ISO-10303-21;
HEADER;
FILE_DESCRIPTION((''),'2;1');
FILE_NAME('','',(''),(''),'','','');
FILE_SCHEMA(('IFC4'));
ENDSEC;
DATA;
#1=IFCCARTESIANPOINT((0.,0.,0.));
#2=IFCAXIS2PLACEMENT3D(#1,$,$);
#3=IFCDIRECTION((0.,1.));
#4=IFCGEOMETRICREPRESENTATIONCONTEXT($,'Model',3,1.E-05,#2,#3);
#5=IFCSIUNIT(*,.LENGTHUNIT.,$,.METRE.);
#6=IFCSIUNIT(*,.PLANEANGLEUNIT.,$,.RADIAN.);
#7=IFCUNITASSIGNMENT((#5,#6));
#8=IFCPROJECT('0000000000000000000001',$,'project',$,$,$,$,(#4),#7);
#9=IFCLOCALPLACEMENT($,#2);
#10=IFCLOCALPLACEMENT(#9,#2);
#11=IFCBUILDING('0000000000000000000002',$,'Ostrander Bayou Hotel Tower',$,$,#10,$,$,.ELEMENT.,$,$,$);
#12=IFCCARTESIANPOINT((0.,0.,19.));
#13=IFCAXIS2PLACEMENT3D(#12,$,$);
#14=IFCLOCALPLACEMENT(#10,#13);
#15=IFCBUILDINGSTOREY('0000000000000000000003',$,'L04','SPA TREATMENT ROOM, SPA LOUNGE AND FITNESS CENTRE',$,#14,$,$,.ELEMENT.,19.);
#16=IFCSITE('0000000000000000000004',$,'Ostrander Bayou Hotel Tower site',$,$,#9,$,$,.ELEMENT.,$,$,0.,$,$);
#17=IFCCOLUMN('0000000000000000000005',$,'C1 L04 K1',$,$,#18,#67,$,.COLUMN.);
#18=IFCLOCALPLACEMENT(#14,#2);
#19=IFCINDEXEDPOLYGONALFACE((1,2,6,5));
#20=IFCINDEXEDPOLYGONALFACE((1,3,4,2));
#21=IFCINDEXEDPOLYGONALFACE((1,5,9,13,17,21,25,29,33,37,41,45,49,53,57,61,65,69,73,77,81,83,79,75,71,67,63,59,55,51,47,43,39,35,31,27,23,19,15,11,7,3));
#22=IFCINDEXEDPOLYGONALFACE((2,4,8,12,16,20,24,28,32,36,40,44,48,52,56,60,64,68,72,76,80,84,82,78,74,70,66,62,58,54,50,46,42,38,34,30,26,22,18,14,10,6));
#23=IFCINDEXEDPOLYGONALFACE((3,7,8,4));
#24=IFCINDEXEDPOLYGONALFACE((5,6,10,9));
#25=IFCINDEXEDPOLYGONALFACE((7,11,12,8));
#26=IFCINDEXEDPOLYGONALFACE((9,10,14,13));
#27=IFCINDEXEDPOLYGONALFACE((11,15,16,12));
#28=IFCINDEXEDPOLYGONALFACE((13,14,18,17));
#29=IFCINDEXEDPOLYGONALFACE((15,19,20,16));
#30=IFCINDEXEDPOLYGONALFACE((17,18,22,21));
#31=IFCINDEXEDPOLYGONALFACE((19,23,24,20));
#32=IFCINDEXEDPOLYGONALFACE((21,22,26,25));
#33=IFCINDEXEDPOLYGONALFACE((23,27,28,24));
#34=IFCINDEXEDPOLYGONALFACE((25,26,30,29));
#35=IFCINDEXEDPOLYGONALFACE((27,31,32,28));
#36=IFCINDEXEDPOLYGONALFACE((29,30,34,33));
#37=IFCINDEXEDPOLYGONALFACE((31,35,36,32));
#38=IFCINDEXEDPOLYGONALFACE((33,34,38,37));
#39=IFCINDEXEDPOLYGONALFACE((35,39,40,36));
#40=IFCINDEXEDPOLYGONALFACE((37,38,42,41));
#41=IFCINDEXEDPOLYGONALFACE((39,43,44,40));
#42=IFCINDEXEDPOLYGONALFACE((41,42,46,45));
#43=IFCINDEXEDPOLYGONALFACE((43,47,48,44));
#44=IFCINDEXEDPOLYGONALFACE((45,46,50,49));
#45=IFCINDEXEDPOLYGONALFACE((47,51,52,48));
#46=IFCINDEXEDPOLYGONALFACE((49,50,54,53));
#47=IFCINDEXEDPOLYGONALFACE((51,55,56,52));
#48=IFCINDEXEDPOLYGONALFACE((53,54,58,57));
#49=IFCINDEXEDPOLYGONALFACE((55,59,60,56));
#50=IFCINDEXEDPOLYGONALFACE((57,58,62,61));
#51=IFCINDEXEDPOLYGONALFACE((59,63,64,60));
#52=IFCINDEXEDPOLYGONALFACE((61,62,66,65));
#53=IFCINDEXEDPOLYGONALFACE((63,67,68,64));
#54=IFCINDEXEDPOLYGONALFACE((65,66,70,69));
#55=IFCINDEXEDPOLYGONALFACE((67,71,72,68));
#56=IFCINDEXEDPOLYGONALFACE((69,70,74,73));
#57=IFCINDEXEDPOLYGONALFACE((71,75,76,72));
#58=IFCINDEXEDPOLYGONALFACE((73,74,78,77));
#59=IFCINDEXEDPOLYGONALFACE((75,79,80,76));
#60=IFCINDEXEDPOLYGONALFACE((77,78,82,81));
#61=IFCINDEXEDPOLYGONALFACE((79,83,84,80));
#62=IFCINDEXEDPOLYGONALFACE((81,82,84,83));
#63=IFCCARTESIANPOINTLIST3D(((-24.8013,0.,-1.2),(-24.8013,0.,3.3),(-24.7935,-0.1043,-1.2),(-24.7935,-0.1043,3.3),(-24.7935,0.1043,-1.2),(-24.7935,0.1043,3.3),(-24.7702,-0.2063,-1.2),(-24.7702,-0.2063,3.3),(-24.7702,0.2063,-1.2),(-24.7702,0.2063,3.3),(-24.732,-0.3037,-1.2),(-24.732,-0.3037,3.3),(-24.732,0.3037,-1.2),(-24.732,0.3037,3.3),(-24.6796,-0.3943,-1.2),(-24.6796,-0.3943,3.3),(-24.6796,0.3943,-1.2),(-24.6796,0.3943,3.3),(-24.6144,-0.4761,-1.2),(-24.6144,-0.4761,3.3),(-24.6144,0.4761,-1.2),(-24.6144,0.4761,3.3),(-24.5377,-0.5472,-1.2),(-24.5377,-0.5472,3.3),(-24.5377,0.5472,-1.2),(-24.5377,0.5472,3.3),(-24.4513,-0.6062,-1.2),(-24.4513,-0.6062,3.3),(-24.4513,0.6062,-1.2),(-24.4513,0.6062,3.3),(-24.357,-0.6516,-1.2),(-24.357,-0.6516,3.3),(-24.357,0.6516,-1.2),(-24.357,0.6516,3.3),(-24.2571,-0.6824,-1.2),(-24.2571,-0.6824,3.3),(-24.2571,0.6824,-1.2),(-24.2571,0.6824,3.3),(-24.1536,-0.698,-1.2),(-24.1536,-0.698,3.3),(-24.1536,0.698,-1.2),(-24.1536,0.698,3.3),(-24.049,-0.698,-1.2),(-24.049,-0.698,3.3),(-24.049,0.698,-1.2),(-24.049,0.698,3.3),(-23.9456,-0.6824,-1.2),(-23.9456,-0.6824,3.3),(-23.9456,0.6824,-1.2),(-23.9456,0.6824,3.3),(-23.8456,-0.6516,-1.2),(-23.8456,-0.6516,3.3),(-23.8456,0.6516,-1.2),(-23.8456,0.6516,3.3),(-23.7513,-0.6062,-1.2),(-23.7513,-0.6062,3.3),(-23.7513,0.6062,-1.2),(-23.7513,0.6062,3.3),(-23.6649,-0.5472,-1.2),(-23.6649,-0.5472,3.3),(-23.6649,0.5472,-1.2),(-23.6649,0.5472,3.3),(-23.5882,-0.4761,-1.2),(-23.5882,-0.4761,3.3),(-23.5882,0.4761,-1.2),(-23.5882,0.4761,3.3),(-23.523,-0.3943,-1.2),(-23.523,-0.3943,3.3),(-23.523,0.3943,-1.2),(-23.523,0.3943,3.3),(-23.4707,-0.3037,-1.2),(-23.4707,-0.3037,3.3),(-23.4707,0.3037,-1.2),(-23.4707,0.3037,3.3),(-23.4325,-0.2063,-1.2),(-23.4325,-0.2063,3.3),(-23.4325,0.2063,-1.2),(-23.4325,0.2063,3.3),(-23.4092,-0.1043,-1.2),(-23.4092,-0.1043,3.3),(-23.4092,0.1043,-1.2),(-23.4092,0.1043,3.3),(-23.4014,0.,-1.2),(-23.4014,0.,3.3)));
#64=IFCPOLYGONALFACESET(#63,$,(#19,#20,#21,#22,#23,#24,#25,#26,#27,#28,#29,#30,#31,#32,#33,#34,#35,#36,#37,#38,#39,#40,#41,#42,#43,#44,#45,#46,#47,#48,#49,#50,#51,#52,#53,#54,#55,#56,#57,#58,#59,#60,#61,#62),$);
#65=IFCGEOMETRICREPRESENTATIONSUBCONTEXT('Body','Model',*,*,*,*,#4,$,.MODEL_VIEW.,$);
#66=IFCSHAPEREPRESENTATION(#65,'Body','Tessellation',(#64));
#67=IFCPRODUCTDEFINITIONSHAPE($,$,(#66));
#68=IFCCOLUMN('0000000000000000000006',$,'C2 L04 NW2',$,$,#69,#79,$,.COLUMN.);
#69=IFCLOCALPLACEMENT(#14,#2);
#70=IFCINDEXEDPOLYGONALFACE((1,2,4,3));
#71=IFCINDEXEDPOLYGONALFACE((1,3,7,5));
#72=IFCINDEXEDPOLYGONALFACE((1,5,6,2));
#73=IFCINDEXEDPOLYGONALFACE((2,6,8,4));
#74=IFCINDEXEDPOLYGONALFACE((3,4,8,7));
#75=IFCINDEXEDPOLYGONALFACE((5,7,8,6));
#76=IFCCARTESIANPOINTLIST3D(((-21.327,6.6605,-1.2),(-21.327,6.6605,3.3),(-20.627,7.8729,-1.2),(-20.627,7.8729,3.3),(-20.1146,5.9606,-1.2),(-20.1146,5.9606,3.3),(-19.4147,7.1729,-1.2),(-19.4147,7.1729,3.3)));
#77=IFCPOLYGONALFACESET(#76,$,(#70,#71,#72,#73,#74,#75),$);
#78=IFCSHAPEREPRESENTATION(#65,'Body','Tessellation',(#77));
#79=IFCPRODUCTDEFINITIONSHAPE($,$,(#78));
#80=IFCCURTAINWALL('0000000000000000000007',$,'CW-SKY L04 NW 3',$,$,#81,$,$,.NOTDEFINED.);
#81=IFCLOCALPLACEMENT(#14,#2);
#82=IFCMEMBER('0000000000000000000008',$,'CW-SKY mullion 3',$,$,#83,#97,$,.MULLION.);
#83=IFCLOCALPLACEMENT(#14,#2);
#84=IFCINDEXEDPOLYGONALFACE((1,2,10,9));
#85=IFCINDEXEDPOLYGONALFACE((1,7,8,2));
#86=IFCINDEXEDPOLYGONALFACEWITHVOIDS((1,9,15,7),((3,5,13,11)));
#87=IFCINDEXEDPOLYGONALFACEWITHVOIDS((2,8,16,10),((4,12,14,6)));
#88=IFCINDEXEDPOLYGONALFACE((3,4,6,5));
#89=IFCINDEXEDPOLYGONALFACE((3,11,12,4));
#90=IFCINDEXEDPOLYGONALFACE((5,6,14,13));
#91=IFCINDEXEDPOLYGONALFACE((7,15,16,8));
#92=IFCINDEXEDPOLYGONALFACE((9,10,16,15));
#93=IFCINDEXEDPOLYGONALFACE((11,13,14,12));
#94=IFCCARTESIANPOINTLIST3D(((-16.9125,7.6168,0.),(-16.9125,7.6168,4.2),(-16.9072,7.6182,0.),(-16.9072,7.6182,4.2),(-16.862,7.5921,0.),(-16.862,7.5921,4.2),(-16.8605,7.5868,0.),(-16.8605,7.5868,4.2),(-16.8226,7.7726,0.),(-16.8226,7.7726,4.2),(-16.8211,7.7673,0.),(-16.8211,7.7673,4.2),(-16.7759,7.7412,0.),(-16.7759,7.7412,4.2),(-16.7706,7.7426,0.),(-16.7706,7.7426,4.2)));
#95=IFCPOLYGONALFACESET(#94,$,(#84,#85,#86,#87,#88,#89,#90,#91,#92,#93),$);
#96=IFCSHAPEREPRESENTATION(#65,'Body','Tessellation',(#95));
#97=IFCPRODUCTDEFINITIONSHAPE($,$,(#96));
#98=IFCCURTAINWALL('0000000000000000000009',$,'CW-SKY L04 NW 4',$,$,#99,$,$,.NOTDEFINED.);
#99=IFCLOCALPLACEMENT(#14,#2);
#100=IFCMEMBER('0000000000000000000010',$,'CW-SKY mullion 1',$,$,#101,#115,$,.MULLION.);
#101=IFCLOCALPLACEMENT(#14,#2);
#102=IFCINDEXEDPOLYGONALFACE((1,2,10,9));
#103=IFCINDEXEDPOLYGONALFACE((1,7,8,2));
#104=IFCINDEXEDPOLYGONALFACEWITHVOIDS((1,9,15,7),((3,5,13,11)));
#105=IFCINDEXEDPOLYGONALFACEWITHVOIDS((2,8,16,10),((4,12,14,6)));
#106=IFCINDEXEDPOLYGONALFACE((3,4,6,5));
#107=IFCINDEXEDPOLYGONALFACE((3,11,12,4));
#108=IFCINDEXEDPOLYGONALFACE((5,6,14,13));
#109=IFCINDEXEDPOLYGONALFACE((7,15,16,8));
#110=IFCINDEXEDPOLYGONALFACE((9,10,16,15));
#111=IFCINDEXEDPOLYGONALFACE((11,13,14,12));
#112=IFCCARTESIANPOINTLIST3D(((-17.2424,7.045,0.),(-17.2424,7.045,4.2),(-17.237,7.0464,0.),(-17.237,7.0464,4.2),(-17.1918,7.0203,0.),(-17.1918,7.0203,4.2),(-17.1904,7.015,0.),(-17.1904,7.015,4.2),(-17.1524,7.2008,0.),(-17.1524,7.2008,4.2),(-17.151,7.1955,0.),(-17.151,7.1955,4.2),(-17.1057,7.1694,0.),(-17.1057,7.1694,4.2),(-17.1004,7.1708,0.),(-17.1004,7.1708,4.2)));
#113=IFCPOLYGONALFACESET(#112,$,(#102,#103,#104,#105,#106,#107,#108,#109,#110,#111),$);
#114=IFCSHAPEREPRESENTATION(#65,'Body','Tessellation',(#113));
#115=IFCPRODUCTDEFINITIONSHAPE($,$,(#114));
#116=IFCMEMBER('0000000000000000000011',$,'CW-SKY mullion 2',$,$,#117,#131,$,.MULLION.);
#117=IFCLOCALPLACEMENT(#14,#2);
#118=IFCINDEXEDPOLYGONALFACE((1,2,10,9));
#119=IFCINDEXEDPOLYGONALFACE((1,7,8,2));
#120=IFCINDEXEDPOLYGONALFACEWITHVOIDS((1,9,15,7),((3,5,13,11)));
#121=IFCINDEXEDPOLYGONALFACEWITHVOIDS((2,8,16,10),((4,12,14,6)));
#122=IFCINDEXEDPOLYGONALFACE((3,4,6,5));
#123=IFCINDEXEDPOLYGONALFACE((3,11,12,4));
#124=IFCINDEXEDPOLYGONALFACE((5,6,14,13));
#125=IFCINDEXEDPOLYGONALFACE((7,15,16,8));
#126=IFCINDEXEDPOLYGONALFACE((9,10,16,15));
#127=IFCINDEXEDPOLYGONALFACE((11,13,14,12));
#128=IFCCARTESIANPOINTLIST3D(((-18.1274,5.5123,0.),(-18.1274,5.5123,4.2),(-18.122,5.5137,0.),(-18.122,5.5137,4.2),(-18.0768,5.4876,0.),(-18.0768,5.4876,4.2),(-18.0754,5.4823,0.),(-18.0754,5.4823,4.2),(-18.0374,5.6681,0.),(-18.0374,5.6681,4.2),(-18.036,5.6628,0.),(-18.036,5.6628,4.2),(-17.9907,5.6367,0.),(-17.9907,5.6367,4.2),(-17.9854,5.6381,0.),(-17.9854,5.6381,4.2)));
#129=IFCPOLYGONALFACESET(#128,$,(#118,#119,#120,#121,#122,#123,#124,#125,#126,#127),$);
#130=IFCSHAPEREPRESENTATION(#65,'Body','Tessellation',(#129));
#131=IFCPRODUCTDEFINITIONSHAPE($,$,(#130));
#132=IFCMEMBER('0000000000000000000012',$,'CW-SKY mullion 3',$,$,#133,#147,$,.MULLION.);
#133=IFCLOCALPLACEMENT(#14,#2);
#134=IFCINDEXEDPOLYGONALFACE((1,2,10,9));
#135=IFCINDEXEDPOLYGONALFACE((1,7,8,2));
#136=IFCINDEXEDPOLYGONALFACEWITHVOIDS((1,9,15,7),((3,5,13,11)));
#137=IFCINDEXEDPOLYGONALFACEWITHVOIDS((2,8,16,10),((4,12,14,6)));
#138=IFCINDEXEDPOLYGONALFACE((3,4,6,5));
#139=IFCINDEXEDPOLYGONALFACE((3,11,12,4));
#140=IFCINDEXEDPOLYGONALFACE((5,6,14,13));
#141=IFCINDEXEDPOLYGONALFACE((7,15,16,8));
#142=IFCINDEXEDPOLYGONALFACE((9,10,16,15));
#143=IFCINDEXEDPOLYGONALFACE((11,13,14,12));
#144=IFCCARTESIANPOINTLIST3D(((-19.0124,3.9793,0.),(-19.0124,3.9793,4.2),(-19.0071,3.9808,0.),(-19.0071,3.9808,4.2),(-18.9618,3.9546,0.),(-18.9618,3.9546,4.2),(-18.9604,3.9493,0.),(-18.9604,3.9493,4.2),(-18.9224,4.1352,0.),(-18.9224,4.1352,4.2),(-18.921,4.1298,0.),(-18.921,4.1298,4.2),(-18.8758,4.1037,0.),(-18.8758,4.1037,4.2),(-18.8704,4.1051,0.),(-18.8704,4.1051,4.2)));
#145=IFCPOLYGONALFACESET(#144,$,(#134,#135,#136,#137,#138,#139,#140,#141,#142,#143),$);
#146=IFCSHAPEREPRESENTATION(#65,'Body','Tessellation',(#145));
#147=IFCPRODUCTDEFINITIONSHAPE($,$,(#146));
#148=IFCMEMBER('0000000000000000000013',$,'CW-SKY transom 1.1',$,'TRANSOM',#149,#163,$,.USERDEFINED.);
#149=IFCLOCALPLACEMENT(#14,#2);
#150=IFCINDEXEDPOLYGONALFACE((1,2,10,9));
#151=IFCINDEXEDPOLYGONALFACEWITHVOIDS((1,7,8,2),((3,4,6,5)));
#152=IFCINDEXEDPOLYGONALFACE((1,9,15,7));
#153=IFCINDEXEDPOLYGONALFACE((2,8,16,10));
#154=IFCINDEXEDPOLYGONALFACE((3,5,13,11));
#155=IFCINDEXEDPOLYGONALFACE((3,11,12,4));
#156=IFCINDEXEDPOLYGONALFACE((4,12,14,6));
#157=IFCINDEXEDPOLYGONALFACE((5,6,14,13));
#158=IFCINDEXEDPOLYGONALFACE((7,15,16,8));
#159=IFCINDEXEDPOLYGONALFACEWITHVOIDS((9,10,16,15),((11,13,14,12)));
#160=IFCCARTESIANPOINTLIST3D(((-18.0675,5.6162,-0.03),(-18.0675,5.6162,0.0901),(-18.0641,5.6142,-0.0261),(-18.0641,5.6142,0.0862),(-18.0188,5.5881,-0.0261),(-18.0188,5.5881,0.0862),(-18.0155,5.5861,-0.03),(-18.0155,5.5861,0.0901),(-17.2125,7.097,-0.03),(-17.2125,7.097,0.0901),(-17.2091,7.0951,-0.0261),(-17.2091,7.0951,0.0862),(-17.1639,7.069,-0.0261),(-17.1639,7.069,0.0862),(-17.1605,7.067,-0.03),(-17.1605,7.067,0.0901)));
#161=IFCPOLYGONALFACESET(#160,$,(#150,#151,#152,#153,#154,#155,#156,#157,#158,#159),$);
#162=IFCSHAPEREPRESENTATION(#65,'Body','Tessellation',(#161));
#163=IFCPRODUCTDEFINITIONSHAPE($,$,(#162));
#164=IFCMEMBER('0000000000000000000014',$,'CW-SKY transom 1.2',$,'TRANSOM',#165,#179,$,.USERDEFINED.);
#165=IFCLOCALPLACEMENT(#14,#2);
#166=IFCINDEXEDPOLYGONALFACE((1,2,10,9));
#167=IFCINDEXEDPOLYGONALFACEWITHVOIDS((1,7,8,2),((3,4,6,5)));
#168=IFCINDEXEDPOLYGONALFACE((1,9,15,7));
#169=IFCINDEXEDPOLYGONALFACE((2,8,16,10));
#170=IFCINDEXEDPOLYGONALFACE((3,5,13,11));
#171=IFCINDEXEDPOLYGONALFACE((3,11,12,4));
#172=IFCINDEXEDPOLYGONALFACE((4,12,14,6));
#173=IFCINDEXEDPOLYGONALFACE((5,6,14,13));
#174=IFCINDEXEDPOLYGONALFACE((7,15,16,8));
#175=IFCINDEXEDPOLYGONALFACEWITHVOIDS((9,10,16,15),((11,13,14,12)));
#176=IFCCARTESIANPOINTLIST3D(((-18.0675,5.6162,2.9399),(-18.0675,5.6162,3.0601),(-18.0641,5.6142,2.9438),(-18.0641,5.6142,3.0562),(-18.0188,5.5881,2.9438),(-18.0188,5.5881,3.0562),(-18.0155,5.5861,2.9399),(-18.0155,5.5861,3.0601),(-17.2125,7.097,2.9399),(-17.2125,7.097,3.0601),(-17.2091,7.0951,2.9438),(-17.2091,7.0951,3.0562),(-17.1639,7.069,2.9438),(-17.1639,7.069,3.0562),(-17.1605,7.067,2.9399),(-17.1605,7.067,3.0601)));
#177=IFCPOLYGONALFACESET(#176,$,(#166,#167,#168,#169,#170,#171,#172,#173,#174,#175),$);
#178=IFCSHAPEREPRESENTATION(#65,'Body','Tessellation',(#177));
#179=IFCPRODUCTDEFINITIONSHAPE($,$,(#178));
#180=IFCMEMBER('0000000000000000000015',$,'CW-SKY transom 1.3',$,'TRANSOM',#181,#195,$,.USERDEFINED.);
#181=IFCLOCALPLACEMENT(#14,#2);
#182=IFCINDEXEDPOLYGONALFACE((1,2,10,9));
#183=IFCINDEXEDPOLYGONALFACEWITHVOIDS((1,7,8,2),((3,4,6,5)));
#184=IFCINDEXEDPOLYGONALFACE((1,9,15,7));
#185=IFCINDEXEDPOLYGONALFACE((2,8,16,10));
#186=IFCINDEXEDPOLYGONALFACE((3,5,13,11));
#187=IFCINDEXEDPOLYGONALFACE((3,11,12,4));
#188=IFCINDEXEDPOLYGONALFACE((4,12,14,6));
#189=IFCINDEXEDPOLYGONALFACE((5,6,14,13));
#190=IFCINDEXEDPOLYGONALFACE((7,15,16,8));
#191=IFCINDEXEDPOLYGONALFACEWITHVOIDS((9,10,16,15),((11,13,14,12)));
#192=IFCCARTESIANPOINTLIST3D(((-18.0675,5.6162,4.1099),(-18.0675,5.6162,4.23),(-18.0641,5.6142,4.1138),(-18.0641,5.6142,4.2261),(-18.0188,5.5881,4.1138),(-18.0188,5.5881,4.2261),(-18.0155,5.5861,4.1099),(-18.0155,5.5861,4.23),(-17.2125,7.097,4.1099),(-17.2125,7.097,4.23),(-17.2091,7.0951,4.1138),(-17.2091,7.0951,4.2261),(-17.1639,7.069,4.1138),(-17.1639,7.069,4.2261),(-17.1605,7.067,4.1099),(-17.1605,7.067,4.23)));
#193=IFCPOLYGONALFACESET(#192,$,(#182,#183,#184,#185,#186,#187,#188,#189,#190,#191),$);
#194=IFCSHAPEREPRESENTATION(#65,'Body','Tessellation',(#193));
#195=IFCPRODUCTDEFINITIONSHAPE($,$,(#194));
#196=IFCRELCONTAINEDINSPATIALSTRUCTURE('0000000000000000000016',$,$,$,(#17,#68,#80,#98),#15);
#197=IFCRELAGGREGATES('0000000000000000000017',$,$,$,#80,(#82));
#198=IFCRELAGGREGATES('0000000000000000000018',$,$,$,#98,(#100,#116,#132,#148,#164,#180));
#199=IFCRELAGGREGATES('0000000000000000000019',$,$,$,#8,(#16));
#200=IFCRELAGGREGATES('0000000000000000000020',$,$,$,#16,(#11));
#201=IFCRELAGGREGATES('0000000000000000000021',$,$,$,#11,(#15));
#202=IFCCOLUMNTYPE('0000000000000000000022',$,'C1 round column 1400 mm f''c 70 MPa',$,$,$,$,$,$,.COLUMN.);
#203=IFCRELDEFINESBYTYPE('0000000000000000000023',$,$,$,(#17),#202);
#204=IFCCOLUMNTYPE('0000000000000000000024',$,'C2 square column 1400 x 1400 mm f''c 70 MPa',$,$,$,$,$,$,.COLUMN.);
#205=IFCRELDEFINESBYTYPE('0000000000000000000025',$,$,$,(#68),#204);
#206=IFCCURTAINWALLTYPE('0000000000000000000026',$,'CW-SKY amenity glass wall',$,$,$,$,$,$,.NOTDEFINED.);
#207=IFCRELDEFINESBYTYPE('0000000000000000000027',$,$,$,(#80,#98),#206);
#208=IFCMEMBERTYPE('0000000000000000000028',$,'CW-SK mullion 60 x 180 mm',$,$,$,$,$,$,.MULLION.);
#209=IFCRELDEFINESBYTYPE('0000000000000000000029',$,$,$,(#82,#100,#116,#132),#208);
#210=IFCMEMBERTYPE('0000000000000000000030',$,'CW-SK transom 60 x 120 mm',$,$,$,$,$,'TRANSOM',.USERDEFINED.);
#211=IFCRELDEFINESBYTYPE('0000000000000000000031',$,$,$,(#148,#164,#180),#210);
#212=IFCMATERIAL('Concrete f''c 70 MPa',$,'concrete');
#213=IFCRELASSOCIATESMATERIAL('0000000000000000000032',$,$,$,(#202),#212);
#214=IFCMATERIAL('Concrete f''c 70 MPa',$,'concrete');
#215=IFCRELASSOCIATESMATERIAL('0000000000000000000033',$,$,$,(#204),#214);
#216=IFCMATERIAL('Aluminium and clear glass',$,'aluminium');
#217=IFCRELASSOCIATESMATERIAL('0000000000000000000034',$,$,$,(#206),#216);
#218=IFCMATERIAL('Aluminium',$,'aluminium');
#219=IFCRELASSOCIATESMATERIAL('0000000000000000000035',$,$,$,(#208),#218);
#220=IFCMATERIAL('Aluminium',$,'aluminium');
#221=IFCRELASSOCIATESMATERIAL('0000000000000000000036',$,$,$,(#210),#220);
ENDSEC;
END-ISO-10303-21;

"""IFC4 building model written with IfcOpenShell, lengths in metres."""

from ifc_helpers import new_model, si_unit, direction, frame, origin, origin_2d, place, context, subcontext, project, spatial, rectangle, hollow_rectangle, circle, extrude, material, material_profile, profile_set, type_object, element, aggregate, save


model = new_model("IFC4")

# Units and contexts
model_context = context("Model", 3, precision=1e-05, world=origin(), true_north=direction((0.0, 1.0)))
body_context = subcontext(model_context, "Body", "Model", "MODEL_VIEW")
ifc_project = project(units=[si_unit("LENGTHUNIT", "METRE"), si_unit("PLANEANGLEUNIT", "RADIAN")], contexts=[model_context])

# Site, building, storey
site_placement = place(None, origin())
site = spatial("IfcSite", under=ifc_project, at=site_placement, Name="Ostrander Bayou Hotel Tower site", CompositionType="ELEMENT", RefElevation=0.0)
building_placement = place(site_placement, origin())
building = spatial("IfcBuilding", under=site, at=building_placement, Name="Ostrander Bayou Hotel Tower", CompositionType="ELEMENT")
storey_placement = place(building_placement, frame((0.0, 0.0, 19.0)))
storey = spatial("IfcBuildingStorey", under=building, at=storey_placement, Name="L04", Description="SPA TREATMENT ROOM, SPA LOUNGE AND FITNESS CENTRE", CompositionType="ELEMENT", Elevation=19.0)

# Columns
ifc_material_1 = material(Name="Concrete f'c 70 MPa", Category="concrete")
ifc_material_profile_1 = material_profile(ifc_material_1, circle(Radius=0.7, at=origin_2d()))
ifc_profile_set_1 = profile_set([ifc_material_profile_1], Name="Concrete f'c 70 MPa")
column_type_1 = type_object("IfcColumnType", Name="C1 round column 1400 mm f'c 70 MPa", PredefinedType="COLUMN", material=ifc_profile_set_1)
column_1_placement = place(storey_placement, frame((-24.1013, 0.0, -1.2), z_axis=(0.0, 0.0, 1.0), x_axis=(1.0, 0.0, 0.0)))
element("IfcColumn", 1, at=column_1_placement, inside=storey, type_object=column_type_1, Name="C1 L04 K1", PredefinedType="COLUMN", context=body_context, shape_type="SweptSolid", body=[
    extrude(circle(Radius=0.7, at=origin_2d()), origin(), (0.0, 0.0, 1.0), 4.5),
])
ifc_material_2 = material(Name="Concrete f'c 70 MPa", Category="concrete")
ifc_material_profile_2 = material_profile(ifc_material_2, rectangle(XDim=1.3999, YDim=1.3999, at=origin_2d()))
ifc_profile_set_2 = profile_set([ifc_material_profile_2], Name="Concrete f'c 70 MPa")
column_type_2 = type_object("IfcColumnType", Name="C2 square column 1400 x 1400 mm f'c 70 MPa", PredefinedType="COLUMN", material=ifc_profile_set_2)
column_2_placement = place(storey_placement, frame((-20.3708, 6.9167, -1.2), z_axis=(0.0, 0.0, 1.0), x_axis=(0.5, 0.866025, 0.0)))
element("IfcColumn", 2, at=column_2_placement, inside=storey, type_object=column_type_2, Name="C2 L04 NW2", PredefinedType="COLUMN", context=body_context, shape_type="SweptSolid", body=[
    extrude(rectangle(XDim=1.3999, YDim=1.3999, at=origin_2d()), origin(), (0.0, 0.0, 1.0), 4.5),
])

# Curtain wall, member
ifc_material_3 = material(Name="Aluminium and clear glass", Category="aluminium")
curtain_wall_type = type_object("IfcCurtainWallType", Name="CW-SKY amenity glass wall", PredefinedType="NOTDEFINED", material=ifc_material_3)
curtain_wall_1_placement = place(storey_placement, origin())
curtain_wall_1 = element("IfcCurtainWall", 3, at=curtain_wall_1_placement, inside=storey, type_object=curtain_wall_type, Name="CW-SKY L04 NW 3", PredefinedType="NOTDEFINED")
ifc_material_4 = material(Name="Aluminium", Category="aluminium")
ifc_material_profile_3 = material_profile(ifc_material_4, hollow_rectangle(XDim=0.0601, YDim=0.1799, WallThickness=0.0039, at=origin_2d()))
ifc_profile_set_3 = profile_set([ifc_material_profile_3], Name="Aluminium")
member_type_1 = type_object("IfcMemberType", Name="CW-SK mullion 60 x 180 mm", PredefinedType="MULLION", material=ifc_profile_set_3)
member_1_placement = place(storey_placement, frame((-16.8416, 7.6797, 0.0), z_axis=(0.0, 0.0, 1.0), x_axis=(0.866025, -0.5, 0.0)))
member_1 = element("IfcMember", 4, at=member_1_placement, type_object=member_type_1, Name="CW-SKY mullion 3", PredefinedType="MULLION", context=body_context, shape_type="SweptSolid", body=[
    extrude(hollow_rectangle(XDim=0.0601, YDim=0.1799, WallThickness=0.0039, at=origin_2d()), origin(), (0.0, 0.0, 1.0), 4.2),
])

# Curtain wall, members
curtain_wall_2_placement = place(storey_placement, origin())
curtain_wall_2 = element("IfcCurtainWall", 5, at=curtain_wall_2_placement, inside=storey, type_object=curtain_wall_type, Name="CW-SKY L04 NW 4", PredefinedType="NOTDEFINED")
member_2_placement = place(storey_placement, frame((-17.1714, 7.1079, 0.0), z_axis=(0.0, 0.0, 1.0), x_axis=(0.866026, -0.499999, 0.0)))
member_2 = element("IfcMember", 6, at=member_2_placement, type_object=member_type_1, Name="CW-SKY mullion 1", PredefinedType="MULLION", context=body_context, shape_type="SweptSolid", body=[
    extrude(hollow_rectangle(XDim=0.0601, YDim=0.1799, WallThickness=0.0039, at=origin_2d()), origin(), (0.0, 0.0, 1.0), 4.2),
])
member_3_placement = place(storey_placement, frame((-18.0564, 5.5752, 0.0), z_axis=(0.0, 0.0, 1.0), x_axis=(0.866026, -0.499999, 0.0)))
member_3 = element("IfcMember", 7, at=member_3_placement, type_object=member_type_1, Name="CW-SKY mullion 2", PredefinedType="MULLION", context=body_context, shape_type="SweptSolid", body=[
    extrude(hollow_rectangle(XDim=0.0601, YDim=0.1799, WallThickness=0.0039, at=origin_2d()), origin(), (0.0, 0.0, 1.0), 4.2),
])
member_4_placement = place(storey_placement, frame((-18.9414, 4.0422, 0.0), z_axis=(0.0, 0.0, 1.0), x_axis=(0.866026, -0.499999, 0.0)))
member_4 = element("IfcMember", 8, at=member_4_placement, type_object=member_type_1, Name="CW-SKY mullion 3", PredefinedType="MULLION", context=body_context, shape_type="SweptSolid", body=[
    extrude(hollow_rectangle(XDim=0.0601, YDim=0.1799, WallThickness=0.0039, at=origin_2d()), origin(), (0.0, 0.0, 1.0), 4.2),
])
ifc_material_5 = material(Name="Aluminium", Category="aluminium")
ifc_material_profile_4 = material_profile(ifc_material_5, hollow_rectangle(XDim=0.0601, YDim=0.1201, WallThickness=0.0039, at=origin_2d()))
ifc_profile_set_4 = profile_set([ifc_material_profile_4], Name="Aluminium")
member_type_2 = type_object("IfcMemberType", Name="CW-SK transom 60 x 120 mm", ElementType="TRANSOM", PredefinedType="USERDEFINED", material=ifc_profile_set_4)
member_5_placement = place(storey_placement, frame((-17.1865, 7.082, 0.03), z_axis=(-0.499978, -0.866038, 0.0), x_axis=(0.866038, -0.499978, 0.0)))
member_5 = element("IfcMember", 9, at=member_5_placement, type_object=member_type_2, Name="CW-SKY transom 1.1", ObjectType="TRANSOM", PredefinedType="USERDEFINED", context=body_context, shape_type="SweptSolid", body=[
    extrude(hollow_rectangle(XDim=0.0601, YDim=0.1201, WallThickness=0.0039, at=origin_2d()), origin(), (0.0, 0.0, 1.0), 1.71),
])
member_6_placement = place(storey_placement, frame((-17.1865, 7.082, 3.0), z_axis=(-0.499978, -0.866038, 0.0), x_axis=(0.866038, -0.499978, 0.0)))
member_6 = element("IfcMember", 10, at=member_6_placement, type_object=member_type_2, Name="CW-SKY transom 1.2", ObjectType="TRANSOM", PredefinedType="USERDEFINED", context=body_context, shape_type="SweptSolid", body=[
    extrude(hollow_rectangle(XDim=0.0601, YDim=0.1201, WallThickness=0.0039, at=origin_2d()), origin(), (0.0, 0.0, 1.0), 1.71),
])
member_7_placement = place(storey_placement, frame((-17.1865, 7.082, 4.1699), z_axis=(-0.499978, -0.866038, 0.0), x_axis=(0.866038, -0.499978, 0.0)))
member_7 = element("IfcMember", 11, at=member_7_placement, type_object=member_type_2, Name="CW-SKY transom 1.3", ObjectType="TRANSOM", PredefinedType="USERDEFINED", context=body_context, shape_type="SweptSolid", body=[
    extrude(hollow_rectangle(XDim=0.0601, YDim=0.1201, WallThickness=0.0039, at=origin_2d()), origin(), (0.0, 0.0, 1.0), 1.71),
])

aggregate(curtain_wall_1, [member_1])
aggregate(curtain_wall_2, [member_2, member_3, member_4, member_5, member_6, member_7])

save(model, "model.ifc")
